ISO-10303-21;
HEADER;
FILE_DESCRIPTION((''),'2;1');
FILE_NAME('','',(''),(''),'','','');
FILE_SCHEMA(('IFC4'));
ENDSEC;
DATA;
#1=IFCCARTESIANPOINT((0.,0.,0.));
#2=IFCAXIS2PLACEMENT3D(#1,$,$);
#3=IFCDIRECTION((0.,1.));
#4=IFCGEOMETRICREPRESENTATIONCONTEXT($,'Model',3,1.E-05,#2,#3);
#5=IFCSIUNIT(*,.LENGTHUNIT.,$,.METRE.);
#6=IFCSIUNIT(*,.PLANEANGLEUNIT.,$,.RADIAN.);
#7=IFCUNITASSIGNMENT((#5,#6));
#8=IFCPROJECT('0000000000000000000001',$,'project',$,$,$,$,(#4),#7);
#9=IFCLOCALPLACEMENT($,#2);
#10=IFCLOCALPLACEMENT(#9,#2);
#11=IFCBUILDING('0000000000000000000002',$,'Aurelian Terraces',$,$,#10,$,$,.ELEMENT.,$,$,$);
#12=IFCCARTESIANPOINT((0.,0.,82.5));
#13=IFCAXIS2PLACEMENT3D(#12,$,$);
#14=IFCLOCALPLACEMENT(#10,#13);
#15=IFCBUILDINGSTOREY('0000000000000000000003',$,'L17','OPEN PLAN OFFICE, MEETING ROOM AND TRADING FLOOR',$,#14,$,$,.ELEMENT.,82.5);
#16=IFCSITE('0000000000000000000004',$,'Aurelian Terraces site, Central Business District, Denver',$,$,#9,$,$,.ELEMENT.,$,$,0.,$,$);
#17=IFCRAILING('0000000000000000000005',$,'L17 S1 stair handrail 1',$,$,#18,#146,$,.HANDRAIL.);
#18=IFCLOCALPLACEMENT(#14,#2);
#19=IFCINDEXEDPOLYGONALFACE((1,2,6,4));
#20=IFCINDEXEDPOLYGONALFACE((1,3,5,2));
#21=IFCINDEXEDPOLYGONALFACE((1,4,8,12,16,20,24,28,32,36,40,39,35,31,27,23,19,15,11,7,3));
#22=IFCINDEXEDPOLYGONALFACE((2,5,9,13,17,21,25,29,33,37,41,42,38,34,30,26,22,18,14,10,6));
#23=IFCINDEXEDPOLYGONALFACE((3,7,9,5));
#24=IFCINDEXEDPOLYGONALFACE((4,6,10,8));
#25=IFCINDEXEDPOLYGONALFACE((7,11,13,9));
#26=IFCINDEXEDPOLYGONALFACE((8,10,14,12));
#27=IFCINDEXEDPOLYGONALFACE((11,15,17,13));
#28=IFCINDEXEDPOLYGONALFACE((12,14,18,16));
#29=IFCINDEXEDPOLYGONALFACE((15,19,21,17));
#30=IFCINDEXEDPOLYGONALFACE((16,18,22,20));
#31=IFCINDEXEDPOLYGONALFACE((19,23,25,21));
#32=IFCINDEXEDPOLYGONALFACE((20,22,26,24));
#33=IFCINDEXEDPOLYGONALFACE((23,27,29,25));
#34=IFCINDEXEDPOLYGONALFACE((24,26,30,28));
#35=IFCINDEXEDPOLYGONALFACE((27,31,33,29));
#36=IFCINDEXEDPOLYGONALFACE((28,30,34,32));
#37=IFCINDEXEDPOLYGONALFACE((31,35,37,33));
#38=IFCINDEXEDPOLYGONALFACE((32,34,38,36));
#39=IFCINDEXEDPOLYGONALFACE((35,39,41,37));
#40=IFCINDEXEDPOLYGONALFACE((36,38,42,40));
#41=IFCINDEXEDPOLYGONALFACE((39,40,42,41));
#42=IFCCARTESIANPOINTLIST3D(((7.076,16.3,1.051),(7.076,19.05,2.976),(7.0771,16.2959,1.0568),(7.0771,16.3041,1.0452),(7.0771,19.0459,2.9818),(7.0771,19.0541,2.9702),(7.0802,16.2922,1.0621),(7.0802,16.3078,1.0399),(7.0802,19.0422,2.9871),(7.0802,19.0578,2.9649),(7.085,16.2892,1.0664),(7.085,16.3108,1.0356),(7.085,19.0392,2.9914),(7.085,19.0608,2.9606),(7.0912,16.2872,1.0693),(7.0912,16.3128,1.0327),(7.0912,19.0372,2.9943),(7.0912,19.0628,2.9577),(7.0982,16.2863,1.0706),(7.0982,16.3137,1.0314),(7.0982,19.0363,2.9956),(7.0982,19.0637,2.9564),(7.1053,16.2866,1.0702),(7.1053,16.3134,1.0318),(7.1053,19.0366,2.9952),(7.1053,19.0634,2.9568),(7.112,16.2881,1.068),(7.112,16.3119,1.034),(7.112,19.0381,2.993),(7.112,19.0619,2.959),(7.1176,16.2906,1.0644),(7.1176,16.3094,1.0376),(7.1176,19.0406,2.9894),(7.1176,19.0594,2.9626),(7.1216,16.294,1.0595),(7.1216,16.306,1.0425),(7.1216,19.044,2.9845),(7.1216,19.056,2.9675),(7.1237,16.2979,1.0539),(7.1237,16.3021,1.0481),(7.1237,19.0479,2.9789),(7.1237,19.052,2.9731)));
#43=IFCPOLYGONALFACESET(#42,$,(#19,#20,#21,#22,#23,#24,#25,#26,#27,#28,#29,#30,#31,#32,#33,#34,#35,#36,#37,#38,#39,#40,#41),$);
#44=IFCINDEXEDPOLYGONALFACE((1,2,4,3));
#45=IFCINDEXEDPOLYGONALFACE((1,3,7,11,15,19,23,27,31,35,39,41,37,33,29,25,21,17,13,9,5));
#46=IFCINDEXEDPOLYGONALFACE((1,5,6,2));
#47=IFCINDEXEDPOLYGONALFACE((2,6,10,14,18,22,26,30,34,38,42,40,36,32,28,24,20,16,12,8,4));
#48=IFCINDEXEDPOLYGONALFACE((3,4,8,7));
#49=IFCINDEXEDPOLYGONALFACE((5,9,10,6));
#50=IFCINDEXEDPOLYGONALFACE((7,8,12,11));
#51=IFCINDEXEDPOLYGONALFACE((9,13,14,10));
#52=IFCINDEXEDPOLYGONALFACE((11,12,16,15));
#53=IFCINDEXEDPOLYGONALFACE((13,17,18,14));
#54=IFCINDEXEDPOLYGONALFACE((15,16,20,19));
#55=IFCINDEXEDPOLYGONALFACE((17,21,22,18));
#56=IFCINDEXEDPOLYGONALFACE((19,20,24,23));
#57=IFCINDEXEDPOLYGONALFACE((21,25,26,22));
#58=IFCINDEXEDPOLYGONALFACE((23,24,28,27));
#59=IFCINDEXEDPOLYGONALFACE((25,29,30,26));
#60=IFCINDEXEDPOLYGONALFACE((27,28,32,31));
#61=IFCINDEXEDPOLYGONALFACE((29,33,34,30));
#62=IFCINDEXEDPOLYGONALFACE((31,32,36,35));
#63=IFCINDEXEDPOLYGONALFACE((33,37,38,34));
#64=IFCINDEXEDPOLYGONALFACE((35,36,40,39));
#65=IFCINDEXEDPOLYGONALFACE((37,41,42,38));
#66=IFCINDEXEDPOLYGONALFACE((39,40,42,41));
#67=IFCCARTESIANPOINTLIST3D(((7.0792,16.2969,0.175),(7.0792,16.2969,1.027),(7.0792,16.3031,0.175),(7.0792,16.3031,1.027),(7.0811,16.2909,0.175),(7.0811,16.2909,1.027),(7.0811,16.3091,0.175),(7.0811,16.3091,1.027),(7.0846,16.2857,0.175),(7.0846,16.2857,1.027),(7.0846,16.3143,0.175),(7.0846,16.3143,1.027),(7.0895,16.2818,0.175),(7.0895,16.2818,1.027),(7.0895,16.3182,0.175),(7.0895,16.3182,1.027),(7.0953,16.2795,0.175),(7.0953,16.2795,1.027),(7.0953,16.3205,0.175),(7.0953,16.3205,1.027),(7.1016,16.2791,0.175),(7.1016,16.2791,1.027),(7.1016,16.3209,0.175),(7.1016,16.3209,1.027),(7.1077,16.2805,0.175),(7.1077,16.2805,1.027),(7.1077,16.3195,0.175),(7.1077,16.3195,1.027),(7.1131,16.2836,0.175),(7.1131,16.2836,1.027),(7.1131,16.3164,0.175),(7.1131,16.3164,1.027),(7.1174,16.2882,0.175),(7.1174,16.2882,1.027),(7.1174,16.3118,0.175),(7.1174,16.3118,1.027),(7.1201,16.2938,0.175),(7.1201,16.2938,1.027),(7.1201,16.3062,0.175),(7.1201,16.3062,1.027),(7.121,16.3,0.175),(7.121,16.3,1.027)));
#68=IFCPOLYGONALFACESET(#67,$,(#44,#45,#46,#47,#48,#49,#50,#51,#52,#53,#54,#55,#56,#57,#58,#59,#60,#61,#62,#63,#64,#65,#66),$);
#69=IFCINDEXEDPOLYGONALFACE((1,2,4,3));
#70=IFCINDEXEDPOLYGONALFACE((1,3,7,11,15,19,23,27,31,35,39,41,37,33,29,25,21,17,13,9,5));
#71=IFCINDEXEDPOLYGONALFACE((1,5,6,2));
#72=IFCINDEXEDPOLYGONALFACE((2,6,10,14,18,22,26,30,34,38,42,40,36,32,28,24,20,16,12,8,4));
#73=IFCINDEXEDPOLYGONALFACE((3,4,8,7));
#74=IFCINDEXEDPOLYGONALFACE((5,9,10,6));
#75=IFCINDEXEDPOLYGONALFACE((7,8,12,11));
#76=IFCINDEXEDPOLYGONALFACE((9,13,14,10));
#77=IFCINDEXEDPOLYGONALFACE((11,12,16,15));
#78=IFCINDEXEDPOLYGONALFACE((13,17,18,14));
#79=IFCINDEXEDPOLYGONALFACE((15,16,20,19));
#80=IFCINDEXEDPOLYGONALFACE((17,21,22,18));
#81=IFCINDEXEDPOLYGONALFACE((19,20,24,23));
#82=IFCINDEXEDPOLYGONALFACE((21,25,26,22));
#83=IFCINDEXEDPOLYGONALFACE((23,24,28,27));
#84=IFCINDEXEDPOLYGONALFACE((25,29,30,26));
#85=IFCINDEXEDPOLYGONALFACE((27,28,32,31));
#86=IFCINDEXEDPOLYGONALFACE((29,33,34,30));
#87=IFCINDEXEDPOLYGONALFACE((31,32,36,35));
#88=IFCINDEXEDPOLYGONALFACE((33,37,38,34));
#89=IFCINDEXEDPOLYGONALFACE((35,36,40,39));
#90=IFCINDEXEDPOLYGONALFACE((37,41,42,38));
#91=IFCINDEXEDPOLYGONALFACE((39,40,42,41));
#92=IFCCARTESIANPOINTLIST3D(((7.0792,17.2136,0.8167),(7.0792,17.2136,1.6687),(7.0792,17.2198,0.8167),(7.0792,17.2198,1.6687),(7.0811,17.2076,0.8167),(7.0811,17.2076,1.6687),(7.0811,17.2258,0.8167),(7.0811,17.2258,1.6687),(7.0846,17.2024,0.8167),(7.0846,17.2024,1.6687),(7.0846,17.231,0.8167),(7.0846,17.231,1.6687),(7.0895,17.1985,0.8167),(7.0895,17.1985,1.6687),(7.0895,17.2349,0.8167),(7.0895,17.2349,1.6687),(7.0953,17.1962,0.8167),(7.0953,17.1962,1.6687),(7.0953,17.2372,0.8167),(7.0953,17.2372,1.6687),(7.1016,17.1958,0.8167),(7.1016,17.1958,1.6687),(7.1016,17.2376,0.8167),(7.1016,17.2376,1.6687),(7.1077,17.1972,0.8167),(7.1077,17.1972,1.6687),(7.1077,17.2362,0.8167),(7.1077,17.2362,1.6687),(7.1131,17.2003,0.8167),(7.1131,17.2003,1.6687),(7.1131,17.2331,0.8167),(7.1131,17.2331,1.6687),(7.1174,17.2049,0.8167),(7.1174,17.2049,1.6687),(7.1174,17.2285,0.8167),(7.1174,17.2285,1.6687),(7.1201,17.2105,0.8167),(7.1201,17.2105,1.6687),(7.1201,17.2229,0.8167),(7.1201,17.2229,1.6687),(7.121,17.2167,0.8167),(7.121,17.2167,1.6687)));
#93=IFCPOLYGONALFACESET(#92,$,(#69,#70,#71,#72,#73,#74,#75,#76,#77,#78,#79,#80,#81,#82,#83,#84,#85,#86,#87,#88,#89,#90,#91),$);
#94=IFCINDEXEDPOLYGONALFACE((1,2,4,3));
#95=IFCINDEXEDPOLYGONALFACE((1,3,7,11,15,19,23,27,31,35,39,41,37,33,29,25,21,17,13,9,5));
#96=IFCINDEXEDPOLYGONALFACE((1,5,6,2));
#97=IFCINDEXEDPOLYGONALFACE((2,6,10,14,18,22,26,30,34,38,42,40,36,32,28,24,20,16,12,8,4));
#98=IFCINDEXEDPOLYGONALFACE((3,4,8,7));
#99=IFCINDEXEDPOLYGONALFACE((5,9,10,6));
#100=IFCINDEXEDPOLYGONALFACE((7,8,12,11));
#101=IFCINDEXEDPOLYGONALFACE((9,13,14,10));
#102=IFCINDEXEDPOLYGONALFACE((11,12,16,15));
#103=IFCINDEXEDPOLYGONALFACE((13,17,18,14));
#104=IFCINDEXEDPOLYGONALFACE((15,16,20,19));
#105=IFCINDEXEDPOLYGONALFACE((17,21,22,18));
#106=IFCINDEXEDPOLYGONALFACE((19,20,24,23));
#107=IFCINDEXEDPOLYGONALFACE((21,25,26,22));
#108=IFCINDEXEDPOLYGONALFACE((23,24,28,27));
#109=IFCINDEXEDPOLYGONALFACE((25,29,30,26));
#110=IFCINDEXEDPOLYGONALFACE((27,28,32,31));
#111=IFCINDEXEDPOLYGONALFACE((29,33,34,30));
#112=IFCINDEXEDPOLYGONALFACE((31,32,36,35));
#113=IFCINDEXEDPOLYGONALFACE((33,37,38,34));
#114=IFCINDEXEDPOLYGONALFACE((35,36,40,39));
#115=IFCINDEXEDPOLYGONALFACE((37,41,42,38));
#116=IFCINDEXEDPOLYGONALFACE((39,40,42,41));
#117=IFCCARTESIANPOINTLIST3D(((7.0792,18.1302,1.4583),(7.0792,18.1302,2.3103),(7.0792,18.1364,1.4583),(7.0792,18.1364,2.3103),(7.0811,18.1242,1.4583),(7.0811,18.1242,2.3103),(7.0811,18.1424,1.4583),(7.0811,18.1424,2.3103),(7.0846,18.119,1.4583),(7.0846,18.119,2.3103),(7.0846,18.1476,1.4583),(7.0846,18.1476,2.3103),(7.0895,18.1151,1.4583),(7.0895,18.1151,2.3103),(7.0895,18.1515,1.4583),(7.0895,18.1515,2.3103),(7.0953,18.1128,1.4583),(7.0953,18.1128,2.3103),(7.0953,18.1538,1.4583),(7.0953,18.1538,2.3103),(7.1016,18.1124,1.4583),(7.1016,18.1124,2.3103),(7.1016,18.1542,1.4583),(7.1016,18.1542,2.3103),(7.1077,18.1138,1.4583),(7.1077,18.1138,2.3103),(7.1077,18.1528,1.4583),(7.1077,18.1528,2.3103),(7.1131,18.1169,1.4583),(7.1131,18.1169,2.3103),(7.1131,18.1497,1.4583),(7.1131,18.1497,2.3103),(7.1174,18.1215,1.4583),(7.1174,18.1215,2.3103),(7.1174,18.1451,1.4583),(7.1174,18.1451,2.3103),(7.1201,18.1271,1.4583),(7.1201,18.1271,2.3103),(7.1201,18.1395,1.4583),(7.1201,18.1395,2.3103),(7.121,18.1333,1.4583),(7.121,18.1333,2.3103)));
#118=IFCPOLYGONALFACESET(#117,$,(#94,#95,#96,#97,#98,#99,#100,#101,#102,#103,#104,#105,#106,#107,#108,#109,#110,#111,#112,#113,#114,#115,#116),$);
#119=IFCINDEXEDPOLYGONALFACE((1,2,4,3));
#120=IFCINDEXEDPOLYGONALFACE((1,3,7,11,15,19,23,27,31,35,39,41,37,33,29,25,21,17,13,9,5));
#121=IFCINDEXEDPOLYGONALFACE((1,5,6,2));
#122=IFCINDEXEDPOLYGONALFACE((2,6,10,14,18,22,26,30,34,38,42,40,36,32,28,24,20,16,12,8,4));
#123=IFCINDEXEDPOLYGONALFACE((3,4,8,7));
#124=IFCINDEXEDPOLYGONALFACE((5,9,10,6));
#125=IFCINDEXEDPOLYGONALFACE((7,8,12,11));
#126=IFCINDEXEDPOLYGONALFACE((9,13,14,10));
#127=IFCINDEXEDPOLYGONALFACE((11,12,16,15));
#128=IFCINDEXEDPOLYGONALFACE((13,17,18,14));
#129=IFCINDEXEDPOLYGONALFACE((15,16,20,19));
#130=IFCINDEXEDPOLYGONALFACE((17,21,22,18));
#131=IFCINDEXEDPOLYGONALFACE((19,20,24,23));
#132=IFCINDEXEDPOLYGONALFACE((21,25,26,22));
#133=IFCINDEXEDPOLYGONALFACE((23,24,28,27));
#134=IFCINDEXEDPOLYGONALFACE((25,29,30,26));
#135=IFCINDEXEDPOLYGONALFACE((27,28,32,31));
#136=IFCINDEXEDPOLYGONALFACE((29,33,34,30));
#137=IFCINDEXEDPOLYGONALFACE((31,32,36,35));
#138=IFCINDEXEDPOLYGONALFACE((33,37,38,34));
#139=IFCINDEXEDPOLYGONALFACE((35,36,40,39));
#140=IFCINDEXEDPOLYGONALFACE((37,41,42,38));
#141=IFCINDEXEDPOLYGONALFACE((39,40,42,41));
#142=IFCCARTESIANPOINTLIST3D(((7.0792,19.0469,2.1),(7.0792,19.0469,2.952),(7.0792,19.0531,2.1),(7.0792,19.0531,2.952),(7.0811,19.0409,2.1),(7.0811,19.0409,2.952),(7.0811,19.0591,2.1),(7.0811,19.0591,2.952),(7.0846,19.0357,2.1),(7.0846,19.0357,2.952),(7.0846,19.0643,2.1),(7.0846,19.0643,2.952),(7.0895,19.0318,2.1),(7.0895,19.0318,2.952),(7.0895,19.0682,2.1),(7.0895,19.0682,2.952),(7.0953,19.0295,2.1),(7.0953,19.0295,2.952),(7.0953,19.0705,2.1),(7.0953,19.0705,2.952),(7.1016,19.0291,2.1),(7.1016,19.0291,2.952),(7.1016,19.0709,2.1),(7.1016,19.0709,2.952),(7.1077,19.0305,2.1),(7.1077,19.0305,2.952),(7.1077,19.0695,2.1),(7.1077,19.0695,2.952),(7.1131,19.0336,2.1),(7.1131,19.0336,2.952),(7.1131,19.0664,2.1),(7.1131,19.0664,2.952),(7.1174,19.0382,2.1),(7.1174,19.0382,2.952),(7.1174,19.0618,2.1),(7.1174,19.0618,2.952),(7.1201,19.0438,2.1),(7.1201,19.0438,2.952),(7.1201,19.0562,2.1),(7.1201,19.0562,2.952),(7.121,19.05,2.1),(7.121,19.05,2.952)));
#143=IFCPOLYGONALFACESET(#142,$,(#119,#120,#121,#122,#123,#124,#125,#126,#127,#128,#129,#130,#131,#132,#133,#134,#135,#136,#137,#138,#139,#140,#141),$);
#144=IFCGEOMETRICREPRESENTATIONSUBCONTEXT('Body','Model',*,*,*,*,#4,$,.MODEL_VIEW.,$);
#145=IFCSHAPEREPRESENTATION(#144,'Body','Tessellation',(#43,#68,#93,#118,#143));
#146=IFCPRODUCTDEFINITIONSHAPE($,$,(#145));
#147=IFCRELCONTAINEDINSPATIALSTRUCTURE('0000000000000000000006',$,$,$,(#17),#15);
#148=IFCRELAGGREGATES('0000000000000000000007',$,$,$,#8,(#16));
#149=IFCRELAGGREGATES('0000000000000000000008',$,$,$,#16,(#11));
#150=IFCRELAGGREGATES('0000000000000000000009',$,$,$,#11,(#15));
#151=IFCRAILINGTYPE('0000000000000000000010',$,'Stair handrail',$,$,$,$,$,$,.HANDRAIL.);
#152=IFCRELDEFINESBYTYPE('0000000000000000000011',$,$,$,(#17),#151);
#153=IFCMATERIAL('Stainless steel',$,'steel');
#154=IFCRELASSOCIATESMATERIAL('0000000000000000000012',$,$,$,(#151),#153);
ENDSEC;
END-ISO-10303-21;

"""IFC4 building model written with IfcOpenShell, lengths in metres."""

from ifc_helpers import new_model, si_unit, direction, frame, origin, origin_2d, place, context, subcontext, project, spatial, circle, extrude, source, transform, mapped, material, type_object, element, save


model = new_model("IFC4")

# Units and contexts
model_context = context("Model", 3, precision=1e-05, world=origin(), true_north=direction((0.0, 1.0)))
body_context = subcontext(model_context, "Body", "Model", "MODEL_VIEW")
ifc_project = project(units=[si_unit("LENGTHUNIT", "METRE"), si_unit("PLANEANGLEUNIT", "RADIAN")], contexts=[model_context])

# Site, building, storey
site_placement = place(None, origin())
site = spatial("IfcSite", under=ifc_project, at=site_placement, Name="Aurelian Terraces site, Central Business District, Denver", CompositionType="ELEMENT", RefElevation=0.0)
building_placement = place(site_placement, origin())
building = spatial("IfcBuilding", under=site, at=building_placement, Name="Aurelian Terraces", CompositionType="ELEMENT")
storey_placement = place(building_placement, frame((0.0, 0.0, 82.5)))
storey = spatial("IfcBuildingStorey", under=building, at=storey_placement, Name="L17", Description="OPEN PLAN OFFICE, MEETING ROOM AND TRADING FLOOR", CompositionType="ELEMENT", Elevation=82.5)

# Railing
ifc_material_1 = material(Name="Stainless steel", Category="steel")
railing_type_1 = type_object("IfcRailingType", Name="Stair handrail", PredefinedType="HANDRAIL", material=ifc_material_1)
shared_shape_1 = source(origin(), body_context, "Body", "SweptSolid", [
    extrude(circle(Radius=0.024, at=origin_2d()), frame((0.0, 0.0, 0.876), z_axis=(0.0, 0.819232, 0.573462), x_axis=(-1.0, 0.0, 0.0)), (0.0, 0.0, 1.0), 3.3568),
    extrude(circle(Radius=0.021, at=origin_2d()), origin(), (0.0, 0.0, 1.0), 0.852),
    extrude(circle(Radius=0.021, at=origin_2d()), frame((0.0, 0.9167, 0.6417)), (0.0, 0.0, 1.0), 0.852),
    extrude(circle(Radius=0.021, at=origin_2d()), frame((0.0, 1.8333, 1.2833)), (0.0, 0.0, 1.0), 0.852),
    extrude(circle(Radius=0.021, at=origin_2d()), frame((0.0, 2.75, 1.925)), (0.0, 0.0, 1.0), 0.852),
])
railing_1_placement = place(storey_placement, frame((7.1, 16.3, 0.175)))
element("IfcRailing", 1, at=railing_1_placement, inside=storey, type_object=railing_type_1, Name="L17 S1 stair handrail 1", PredefinedType="HANDRAIL", context=body_context, shape_type="MappedRepresentation", body=[
    mapped(shared_shape_1, transform((0.0, 0.0, 0.0), scale=1.0)),
])

save(model, "model.ifc")
